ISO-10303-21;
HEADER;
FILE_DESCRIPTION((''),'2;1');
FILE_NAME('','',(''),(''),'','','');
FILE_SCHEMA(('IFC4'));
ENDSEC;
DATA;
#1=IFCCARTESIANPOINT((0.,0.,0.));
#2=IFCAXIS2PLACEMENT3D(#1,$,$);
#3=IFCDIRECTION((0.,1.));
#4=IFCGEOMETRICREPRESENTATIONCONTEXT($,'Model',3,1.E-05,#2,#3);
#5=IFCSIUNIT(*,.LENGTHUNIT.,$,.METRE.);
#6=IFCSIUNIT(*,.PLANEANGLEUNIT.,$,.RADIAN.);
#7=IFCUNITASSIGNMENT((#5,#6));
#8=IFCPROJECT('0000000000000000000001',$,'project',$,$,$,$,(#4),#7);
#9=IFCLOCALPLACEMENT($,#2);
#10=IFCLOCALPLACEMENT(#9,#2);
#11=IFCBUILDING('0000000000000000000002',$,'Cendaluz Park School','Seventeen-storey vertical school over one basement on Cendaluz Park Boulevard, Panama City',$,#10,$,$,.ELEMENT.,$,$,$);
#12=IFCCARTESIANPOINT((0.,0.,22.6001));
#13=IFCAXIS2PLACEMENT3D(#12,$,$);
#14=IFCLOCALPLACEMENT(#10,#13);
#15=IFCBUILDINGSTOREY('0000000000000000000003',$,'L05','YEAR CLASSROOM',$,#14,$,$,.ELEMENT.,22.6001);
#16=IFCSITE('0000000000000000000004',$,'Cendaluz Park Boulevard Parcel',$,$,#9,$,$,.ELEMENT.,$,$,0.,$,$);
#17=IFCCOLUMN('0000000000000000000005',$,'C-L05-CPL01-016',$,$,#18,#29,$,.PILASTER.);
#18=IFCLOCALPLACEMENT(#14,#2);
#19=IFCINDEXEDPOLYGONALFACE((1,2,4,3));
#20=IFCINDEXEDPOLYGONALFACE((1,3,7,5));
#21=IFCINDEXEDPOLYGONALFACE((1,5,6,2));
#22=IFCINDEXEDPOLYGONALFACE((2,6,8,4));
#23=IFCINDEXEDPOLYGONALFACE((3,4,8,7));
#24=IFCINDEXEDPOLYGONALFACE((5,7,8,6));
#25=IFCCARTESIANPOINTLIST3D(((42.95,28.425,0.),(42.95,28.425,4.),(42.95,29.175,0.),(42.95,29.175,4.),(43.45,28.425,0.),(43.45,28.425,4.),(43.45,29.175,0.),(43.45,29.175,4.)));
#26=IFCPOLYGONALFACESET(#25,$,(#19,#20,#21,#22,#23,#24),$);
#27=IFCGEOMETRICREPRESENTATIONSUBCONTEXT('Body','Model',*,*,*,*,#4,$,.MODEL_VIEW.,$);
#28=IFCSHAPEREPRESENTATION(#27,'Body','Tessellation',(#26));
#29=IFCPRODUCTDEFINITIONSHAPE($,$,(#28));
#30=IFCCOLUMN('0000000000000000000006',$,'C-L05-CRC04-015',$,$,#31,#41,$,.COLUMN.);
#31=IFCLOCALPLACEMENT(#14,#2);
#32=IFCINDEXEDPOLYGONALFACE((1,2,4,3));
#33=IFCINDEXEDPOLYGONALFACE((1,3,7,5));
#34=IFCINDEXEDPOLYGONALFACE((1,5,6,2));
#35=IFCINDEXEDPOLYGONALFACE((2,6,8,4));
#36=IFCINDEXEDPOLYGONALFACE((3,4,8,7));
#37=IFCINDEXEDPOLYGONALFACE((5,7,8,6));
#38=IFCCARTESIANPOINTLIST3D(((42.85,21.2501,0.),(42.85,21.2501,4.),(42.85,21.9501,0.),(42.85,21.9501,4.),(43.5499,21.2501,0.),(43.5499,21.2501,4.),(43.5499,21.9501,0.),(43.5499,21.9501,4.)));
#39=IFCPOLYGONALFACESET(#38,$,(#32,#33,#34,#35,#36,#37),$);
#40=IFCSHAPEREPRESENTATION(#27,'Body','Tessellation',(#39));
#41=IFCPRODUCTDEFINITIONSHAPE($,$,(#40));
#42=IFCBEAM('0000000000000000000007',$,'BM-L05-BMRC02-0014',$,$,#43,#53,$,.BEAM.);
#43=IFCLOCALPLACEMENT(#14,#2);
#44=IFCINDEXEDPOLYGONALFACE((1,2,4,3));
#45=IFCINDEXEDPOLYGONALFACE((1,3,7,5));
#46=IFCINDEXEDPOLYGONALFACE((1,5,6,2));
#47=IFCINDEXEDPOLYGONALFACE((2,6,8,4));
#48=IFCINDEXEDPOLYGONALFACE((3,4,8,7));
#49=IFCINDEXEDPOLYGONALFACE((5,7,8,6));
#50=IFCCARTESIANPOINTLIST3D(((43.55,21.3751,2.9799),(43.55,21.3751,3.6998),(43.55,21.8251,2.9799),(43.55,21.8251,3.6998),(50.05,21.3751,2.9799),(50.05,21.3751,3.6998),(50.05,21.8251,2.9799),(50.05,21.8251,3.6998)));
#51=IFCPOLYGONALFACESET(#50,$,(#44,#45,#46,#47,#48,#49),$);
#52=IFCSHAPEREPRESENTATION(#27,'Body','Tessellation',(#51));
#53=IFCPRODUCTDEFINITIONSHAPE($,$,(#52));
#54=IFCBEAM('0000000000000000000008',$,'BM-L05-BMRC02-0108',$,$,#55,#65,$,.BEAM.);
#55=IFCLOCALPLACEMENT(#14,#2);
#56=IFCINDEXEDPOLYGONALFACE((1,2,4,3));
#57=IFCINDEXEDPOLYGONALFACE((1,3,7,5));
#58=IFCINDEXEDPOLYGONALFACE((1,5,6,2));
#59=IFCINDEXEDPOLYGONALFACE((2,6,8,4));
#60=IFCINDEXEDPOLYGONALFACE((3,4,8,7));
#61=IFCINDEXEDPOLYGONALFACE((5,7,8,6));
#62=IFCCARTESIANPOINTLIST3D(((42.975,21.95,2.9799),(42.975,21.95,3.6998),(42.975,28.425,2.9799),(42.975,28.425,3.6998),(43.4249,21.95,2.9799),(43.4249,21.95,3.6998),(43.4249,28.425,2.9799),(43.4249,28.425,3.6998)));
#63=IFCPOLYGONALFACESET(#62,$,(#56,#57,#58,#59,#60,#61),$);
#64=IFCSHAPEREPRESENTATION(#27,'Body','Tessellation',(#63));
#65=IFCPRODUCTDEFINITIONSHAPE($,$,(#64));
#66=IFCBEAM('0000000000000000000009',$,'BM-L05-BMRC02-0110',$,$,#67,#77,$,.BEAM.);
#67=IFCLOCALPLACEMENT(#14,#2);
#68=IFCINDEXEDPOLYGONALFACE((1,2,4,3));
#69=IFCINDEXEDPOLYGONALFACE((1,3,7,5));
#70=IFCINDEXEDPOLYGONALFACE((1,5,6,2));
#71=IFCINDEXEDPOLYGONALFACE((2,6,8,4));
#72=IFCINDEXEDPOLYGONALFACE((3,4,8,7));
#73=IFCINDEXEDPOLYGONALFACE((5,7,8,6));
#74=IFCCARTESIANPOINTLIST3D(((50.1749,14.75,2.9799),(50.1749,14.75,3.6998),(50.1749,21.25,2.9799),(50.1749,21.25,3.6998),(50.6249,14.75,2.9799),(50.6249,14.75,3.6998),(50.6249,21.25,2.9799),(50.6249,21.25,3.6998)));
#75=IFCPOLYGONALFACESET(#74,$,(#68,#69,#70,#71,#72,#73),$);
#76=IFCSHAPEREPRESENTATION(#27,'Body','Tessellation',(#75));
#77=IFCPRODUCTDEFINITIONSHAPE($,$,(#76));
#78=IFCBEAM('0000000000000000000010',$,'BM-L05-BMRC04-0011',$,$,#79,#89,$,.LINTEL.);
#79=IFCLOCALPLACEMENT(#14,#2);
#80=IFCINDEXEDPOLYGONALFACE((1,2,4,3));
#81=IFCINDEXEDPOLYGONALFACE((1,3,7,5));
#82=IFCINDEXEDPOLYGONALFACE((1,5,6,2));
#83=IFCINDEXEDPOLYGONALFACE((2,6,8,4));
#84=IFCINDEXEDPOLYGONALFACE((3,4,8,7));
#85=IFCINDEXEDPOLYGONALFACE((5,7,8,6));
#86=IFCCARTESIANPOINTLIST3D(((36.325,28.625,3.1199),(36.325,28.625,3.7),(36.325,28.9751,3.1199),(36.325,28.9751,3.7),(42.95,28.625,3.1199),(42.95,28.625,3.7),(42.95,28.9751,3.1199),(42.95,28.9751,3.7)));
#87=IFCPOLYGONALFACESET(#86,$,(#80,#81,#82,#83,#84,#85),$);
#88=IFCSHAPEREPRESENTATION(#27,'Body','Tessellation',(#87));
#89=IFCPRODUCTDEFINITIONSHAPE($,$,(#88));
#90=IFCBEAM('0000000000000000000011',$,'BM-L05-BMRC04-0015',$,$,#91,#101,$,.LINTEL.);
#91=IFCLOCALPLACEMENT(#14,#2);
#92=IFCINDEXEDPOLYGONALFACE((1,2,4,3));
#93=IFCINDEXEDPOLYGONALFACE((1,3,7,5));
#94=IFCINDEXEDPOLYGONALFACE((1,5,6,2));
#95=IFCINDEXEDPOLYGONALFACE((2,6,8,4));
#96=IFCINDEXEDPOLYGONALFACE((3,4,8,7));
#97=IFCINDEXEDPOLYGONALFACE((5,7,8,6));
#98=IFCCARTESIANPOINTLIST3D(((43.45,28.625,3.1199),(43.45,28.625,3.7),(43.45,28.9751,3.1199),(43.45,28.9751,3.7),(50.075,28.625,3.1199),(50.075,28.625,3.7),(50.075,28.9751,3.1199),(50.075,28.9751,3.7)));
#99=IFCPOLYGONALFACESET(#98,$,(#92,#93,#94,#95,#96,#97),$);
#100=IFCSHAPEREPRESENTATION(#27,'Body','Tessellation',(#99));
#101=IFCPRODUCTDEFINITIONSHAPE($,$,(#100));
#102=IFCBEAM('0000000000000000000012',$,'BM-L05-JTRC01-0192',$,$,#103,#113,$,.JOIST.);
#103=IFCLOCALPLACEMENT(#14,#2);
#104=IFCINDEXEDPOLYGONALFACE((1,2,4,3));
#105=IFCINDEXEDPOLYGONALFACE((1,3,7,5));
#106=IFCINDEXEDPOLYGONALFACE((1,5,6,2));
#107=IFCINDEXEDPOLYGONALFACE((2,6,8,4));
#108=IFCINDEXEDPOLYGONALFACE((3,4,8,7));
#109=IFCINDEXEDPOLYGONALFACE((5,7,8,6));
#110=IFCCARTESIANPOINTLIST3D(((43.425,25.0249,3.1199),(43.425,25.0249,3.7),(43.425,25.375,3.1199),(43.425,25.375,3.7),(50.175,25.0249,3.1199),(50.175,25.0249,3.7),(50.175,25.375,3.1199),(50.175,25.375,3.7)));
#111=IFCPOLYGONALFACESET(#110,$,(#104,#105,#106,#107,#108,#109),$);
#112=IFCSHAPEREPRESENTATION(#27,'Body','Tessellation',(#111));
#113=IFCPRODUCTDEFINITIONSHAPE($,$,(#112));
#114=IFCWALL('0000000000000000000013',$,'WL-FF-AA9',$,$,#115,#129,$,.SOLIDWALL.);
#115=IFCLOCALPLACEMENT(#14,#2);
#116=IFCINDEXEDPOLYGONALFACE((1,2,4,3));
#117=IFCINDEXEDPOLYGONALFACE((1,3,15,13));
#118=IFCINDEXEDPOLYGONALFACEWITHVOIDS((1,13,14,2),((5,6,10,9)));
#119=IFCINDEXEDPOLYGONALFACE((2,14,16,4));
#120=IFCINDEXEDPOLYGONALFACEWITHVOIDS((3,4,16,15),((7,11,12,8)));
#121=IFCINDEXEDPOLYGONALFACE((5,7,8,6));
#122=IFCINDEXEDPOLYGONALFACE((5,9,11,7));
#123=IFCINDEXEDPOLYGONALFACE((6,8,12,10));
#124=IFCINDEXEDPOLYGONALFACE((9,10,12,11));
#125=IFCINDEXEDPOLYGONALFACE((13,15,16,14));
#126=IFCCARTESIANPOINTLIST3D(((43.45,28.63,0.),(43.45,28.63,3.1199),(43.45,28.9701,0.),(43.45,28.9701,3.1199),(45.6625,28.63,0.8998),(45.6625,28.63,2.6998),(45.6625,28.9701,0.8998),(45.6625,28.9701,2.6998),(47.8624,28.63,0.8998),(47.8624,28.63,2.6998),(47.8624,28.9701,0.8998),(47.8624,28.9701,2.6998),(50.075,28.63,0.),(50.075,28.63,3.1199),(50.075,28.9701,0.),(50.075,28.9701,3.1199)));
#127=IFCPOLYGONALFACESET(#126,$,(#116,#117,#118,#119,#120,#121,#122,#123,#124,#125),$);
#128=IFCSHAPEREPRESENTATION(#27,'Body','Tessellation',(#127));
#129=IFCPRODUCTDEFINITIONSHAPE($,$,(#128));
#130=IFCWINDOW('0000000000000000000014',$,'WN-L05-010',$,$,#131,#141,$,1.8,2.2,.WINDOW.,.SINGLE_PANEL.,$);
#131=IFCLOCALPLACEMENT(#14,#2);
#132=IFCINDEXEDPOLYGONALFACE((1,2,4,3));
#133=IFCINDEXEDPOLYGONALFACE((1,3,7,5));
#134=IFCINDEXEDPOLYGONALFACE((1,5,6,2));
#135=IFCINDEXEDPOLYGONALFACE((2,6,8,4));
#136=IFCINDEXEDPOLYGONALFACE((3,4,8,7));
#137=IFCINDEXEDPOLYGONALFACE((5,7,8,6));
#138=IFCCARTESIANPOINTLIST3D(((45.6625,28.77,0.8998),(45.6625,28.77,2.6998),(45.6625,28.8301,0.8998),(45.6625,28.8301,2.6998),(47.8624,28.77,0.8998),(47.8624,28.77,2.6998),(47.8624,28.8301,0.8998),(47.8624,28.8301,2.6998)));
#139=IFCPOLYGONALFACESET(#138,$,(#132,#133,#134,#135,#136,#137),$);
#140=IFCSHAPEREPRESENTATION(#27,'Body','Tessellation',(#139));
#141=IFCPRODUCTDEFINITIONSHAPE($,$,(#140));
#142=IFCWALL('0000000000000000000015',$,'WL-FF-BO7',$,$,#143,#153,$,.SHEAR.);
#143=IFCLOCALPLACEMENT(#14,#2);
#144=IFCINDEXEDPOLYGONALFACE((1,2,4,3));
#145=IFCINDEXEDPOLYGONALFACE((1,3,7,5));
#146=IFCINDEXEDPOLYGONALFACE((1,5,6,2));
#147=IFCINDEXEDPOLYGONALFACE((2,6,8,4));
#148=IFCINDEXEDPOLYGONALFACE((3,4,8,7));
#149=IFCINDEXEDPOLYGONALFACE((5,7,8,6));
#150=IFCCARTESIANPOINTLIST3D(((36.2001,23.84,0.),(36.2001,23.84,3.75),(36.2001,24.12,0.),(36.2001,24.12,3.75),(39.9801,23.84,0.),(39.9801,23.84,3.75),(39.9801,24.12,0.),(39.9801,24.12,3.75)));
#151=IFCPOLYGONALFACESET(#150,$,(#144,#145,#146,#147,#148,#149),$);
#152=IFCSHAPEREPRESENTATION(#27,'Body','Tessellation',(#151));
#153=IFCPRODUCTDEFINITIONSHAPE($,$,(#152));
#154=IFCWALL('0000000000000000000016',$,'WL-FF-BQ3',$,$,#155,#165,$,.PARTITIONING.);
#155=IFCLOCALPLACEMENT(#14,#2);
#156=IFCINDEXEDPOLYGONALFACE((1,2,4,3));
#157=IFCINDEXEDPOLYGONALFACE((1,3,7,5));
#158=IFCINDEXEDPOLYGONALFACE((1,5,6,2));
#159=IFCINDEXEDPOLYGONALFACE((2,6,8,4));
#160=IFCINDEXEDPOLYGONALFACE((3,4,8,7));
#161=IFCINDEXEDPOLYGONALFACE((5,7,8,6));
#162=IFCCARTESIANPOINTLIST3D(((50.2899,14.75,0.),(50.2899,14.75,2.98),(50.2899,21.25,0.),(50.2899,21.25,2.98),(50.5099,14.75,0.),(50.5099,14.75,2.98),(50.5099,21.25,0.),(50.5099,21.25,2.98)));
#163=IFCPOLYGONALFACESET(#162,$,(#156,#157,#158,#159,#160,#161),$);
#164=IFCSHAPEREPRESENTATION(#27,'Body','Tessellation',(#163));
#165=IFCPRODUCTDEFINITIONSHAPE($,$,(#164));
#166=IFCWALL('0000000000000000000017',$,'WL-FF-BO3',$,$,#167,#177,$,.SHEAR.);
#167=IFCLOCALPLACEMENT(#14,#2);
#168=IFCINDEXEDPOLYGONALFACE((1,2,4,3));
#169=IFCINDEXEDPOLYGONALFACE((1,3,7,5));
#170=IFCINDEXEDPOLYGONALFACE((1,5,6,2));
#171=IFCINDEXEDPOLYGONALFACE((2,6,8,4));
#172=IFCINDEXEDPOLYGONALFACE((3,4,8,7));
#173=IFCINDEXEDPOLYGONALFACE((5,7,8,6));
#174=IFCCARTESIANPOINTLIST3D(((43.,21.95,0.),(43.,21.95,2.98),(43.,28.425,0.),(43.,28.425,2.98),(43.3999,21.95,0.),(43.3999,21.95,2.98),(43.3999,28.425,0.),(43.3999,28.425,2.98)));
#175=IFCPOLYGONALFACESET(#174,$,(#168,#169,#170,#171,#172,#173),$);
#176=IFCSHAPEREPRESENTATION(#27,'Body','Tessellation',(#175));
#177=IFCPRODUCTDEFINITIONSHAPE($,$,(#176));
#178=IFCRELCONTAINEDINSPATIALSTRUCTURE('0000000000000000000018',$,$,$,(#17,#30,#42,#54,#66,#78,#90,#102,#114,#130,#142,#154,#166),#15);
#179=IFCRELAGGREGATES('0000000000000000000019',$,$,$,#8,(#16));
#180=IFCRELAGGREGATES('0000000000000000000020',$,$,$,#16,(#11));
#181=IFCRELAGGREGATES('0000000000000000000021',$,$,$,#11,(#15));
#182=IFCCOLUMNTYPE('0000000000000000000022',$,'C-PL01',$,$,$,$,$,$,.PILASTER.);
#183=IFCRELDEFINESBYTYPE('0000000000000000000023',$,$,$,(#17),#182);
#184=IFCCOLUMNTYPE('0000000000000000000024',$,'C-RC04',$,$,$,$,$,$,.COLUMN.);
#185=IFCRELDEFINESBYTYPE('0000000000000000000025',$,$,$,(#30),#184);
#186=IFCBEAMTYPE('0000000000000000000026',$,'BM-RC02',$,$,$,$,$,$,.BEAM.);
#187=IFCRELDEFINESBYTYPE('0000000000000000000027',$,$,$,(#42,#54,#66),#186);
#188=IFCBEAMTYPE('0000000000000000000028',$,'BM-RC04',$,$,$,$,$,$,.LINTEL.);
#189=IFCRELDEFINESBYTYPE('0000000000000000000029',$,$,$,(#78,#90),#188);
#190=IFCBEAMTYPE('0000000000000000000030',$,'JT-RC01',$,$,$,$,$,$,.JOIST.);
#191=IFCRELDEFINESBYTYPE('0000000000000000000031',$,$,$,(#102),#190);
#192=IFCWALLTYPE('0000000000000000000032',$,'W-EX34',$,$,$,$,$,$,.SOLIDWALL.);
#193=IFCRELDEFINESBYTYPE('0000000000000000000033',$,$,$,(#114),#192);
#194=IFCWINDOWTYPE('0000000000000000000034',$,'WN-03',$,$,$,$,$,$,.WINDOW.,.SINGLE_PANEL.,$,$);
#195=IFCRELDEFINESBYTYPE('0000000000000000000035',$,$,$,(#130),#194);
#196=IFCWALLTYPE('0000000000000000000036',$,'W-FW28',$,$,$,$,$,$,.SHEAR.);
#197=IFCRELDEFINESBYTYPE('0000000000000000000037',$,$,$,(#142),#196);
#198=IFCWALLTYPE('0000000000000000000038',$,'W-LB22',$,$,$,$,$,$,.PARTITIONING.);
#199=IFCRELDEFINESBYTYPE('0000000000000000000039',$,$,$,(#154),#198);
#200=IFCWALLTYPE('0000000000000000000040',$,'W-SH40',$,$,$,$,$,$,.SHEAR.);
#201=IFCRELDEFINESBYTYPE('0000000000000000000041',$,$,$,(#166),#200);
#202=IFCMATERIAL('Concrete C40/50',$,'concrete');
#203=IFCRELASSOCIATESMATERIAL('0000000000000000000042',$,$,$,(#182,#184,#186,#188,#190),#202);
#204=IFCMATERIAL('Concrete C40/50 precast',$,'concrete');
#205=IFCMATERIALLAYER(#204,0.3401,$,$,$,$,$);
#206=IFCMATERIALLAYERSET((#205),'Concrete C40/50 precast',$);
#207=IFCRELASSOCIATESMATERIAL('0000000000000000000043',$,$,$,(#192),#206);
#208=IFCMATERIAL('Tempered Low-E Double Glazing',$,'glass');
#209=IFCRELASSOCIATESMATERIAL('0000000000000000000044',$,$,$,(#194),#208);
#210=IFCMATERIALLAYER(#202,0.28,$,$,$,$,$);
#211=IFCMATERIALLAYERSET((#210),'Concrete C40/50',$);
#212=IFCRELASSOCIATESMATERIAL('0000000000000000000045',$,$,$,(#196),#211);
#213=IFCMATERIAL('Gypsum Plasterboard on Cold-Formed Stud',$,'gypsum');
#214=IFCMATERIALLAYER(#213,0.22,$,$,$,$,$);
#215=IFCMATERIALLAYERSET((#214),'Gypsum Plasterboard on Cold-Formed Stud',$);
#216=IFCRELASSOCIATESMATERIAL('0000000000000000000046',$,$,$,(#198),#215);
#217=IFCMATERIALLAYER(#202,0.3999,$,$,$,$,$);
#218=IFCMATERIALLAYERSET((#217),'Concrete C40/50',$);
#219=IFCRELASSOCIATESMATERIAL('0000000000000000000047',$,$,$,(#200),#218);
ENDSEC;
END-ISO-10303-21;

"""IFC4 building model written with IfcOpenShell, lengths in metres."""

from ifc_helpers import new_model, si_unit, direction, frame, frame_2d, origin, origin_2d, place, context, subcontext, project, spatial, rectangle, extrude, material, layer, layer_set, material_profile, profile_set, type_object, element, fill, save


model = new_model("IFC4")

# Units and contexts
model_context = context("Model", 3, precision=1e-05, world=origin(), true_north=direction((0.0, 1.0)))
body_context = subcontext(model_context, "Body", "Model", "MODEL_VIEW")
ifc_project = project(units=[si_unit("LENGTHUNIT", "METRE"), si_unit("PLANEANGLEUNIT", "RADIAN")], contexts=[model_context])

# Site, building, storey
site_placement = place(None, origin())
site = spatial("IfcSite", under=ifc_project, at=site_placement, Name="Cendaluz Park Boulevard Parcel", CompositionType="ELEMENT", RefElevation=0.0)
building_placement = place(site_placement, origin())
building = spatial("IfcBuilding", under=site, at=building_placement, Name="Cendaluz Park School", Description="Seventeen-storey vertical school over one basement on Cendaluz Park Boulevard, Panama City", CompositionType="ELEMENT")
storey_placement = place(building_placement, frame((0.0, 0.0, 22.6001)))
storey = spatial("IfcBuildingStorey", under=building, at=storey_placement, Name="L05", Description="YEAR CLASSROOM", CompositionType="ELEMENT", Elevation=22.6001)

# Columns
ifc_material_1 = material(Name="Concrete C40/50", Category="concrete")
ifc_material_profile_1 = material_profile(ifc_material_1, rectangle(XDim=0.5, YDim=0.75, at=origin_2d()), Name="RC 500x750", Category="concrete")
ifc_profile_set_1 = profile_set([ifc_material_profile_1], Name="Concrete C40/50")
column_type_1 = type_object("IfcColumnType", Name="C-PL01", PredefinedType="PILASTER", material=ifc_profile_set_1)
column_1_placement = place(storey_placement, frame((43.2, 28.8, 0.0), z_axis=(0.0, 0.0, 1.0), x_axis=(1.0, 0.0, 0.0)))
element("IfcColumn", 1, at=column_1_placement, inside=storey, type_object=column_type_1, Name="C-L05-CPL01-016", PredefinedType="PILASTER", context=body_context, shape_type="SweptSolid", body=[
    extrude(rectangle(XDim=0.5, YDim=0.75, at=origin_2d()), origin(), (0.0, 0.0, 1.0), 4.0),
])
ifc_material_profile_2 = material_profile(ifc_material_1, rectangle(XDim=0.7, YDim=0.7, at=origin_2d()), Name="RC 700x700", Category="concrete")
ifc_profile_set_2 = profile_set([ifc_material_profile_2], Name="Concrete C40/50")
column_type_2 = type_object("IfcColumnType", Name="C-RC04", PredefinedType="COLUMN", material=ifc_profile_set_2)
column_2_placement = place(storey_placement, frame((43.2, 21.6001, 0.0), z_axis=(0.0, 0.0, 1.0), x_axis=(1.0, 0.0, 0.0)))
element("IfcColumn", 2, at=column_2_placement, inside=storey, type_object=column_type_2, Name="C-L05-CRC04-015", PredefinedType="COLUMN", context=body_context, shape_type="SweptSolid", body=[
    extrude(rectangle(XDim=0.7, YDim=0.7, at=origin_2d()), origin(), (0.0, 0.0, 1.0), 4.0),
])

# Beams
ifc_material_profile_3 = material_profile(ifc_material_1, rectangle(XDim=0.45, YDim=0.72, at=origin_2d()), Name="RC 450x720", Category="concrete")
ifc_profile_set_3 = profile_set([ifc_material_profile_3], Name="Concrete C40/50")
beam_type_1 = type_object("IfcBeamType", Name="BM-RC02", PredefinedType="BEAM", material=ifc_profile_set_3)
beam_1_placement = place(storey_placement, frame((43.55, 21.6001, 3.3398), z_axis=(1.0, 0.0, 0.0), x_axis=(0.0, 1.0, 0.0)))
element("IfcBeam", 3, at=beam_1_placement, inside=storey, type_object=beam_type_1, Name="BM-L05-BMRC02-0014", PredefinedType="BEAM", context=body_context, shape_type="SweptSolid", body=[
    extrude(rectangle(XDim=0.45, YDim=0.72, at=origin_2d()), origin(), (0.0, 0.0, 1.0), 6.5),
])
beam_2_placement = place(storey_placement, frame((43.2, 21.95, 3.3398), z_axis=(0.0, 1.0, 0.0), x_axis=(-1.0, 0.0, 0.0)))
element("IfcBeam", 4, at=beam_2_placement, inside=storey, type_object=beam_type_1, Name="BM-L05-BMRC02-0108", PredefinedType="BEAM", context=body_context, shape_type="SweptSolid", body=[
    extrude(rectangle(XDim=0.45, YDim=0.72, at=origin_2d()), origin(), (0.0, 0.0, 1.0), 6.4751),
])
beam_3_placement = place(storey_placement, frame((50.3999, 14.75, 3.3398), z_axis=(0.0, 1.0, 0.0), x_axis=(-1.0, 0.0, 0.0)))
element("IfcBeam", 5, at=beam_3_placement, inside=storey, type_object=beam_type_1, Name="BM-L05-BMRC02-0110", PredefinedType="BEAM", context=body_context, shape_type="SweptSolid", body=[
    extrude(rectangle(XDim=0.45, YDim=0.72, at=origin_2d()), origin(), (0.0, 0.0, 1.0), 6.5),
])
ifc_material_profile_4 = material_profile(ifc_material_1, rectangle(XDim=0.3501, YDim=0.5801, at=origin_2d()), Name="RC 350x580", Category="concrete")
ifc_profile_set_4 = profile_set([ifc_material_profile_4], Name="Concrete C40/50")
beam_type_2 = type_object("IfcBeamType", Name="BM-RC04", PredefinedType="LINTEL", material=ifc_profile_set_4)
for number, where, z_axis, x_axis, name in (
    (6, (36.325, 28.8, 3.4099), (1.0, 0.0, 0.0), (0.0, 1.0, 0.0), "BM-L05-BMRC04-0011"),
    (7, (43.45, 28.8, 3.4099), (1.0, 0.0, 0.0), (0.0, 1.0, 0.0), "BM-L05-BMRC04-0015"),
):
    element("IfcBeam", number, at=place(storey_placement, frame(where, z_axis=z_axis, x_axis=x_axis)), inside=storey, type_object=beam_type_2, Name=name, PredefinedType="LINTEL", context=body_context, shape_type="SweptSolid", body=[
        extrude(rectangle(XDim=0.3501, YDim=0.5801, at=origin_2d()), origin(), (0.0, 0.0, 1.0), 6.625),
    ])
ifc_material_profile_5 = material_profile(ifc_material_1, rectangle(XDim=0.3501, YDim=0.5801, at=origin_2d()), Name="RC 350x580", Category="concrete")
ifc_profile_set_5 = profile_set([ifc_material_profile_5], Name="Concrete C40/50")
beam_type_3 = type_object("IfcBeamType", Name="JT-RC01", PredefinedType="JOIST", material=ifc_profile_set_5)
beam_4_placement = place(storey_placement, frame((43.425, 25.2, 3.4099), z_axis=(1.0, 0.0, 0.0), x_axis=(0.0, 1.0, 0.0)))
element("IfcBeam", 8, at=beam_4_placement, inside=storey, type_object=beam_type_3, Name="BM-L05-JTRC01-0192", PredefinedType="JOIST", context=body_context, shape_type="SweptSolid", body=[
    extrude(rectangle(XDim=0.3501, YDim=0.5801, at=origin_2d()), origin(), (0.0, 0.0, 1.0), 6.75),
])

# Wall, opening, window
ifc_material_2 = material(Name="Concrete C40/50 precast", Category="concrete")
ifc_layer_1 = layer(ifc_material_2, 0.3401)
ifc_layer_set_1 = layer_set([ifc_layer_1], Name="Concrete C40/50 precast")
wall_type_1 = type_object("IfcWallType", Name="W-EX34", PredefinedType="SOLIDWALL", material=ifc_layer_set_1)
wall_1_placement = place(storey_placement, frame((43.45, 28.8, 0.0), z_axis=(0.0, 0.0, 1.0), x_axis=(1.0, 0.0, 0.0)))
wall_1 = element("IfcWall", 9, at=wall_1_placement, inside=storey, type_object=wall_type_1, Name="WL-FF-AA9", PredefinedType="SOLIDWALL", context=body_context, shape_type="SweptSolid", body=[
    extrude(rectangle(XDim=6.625, YDim=0.3401, at=frame_2d((3.3125, 0.0))), origin(), (0.0, 0.0, 1.0), 3.1199),
])
opening_1_placement = place(wall_1_placement, frame((2.2124, 0.0, 0.8999)))
opening_1 = element("IfcOpeningElement", 10, at=opening_1_placement, cuts=wall_1, PredefinedType="OPENING", context=body_context, shape_type="SweptSolid", body=[
    extrude(rectangle(XDim=2.2, YDim=1.8, at=frame_2d((1.1001, 0.8999))), frame((0.0, 0.1821, 0.0), z_axis=(0.0, -1.0, 0.0), x_axis=(1.0, 0.0, 0.0)), (0.0, 0.0, 1.0), 0.364),
])
ifc_material_3 = material(Name="Tempered Low-E Double Glazing", Category="glass")
window_type = type_object("IfcWindowType", Name="WN-03", PartitioningType="SINGLE_PANEL", PredefinedType="WINDOW", material=ifc_material_3)
window_placement = place(opening_1_placement, origin())
window = element("IfcWindow", 11, at=window_placement, inside=storey, type_object=window_type, Name="WN-L05-010", OverallHeight=1.8, OverallWidth=2.2, PartitioningType="SINGLE_PANEL", PredefinedType="WINDOW", context=body_context, shape_type="SweptSolid", body=[
    extrude(rectangle(XDim=2.2, YDim=1.8, at=frame_2d((1.1001, 0.8999))), frame((0.0, 0.03, 0.0), z_axis=(0.0, -1.0, 0.0), x_axis=(1.0, 0.0, 0.0)), (0.0, 0.0, 1.0), 0.0601),
])
fill(opening_1, window)

# Wall
ifc_layer_2 = layer(ifc_material_1, 0.28)
ifc_layer_set_2 = layer_set([ifc_layer_2], Name="Concrete C40/50")
wall_type_2 = type_object("IfcWallType", Name="W-FW28", PredefinedType="SHEAR", material=ifc_layer_set_2)
wall_2_placement = place(storey_placement, frame((36.2, 23.98, 0.0), z_axis=(0.0, 0.0, 1.0), x_axis=(1.0, 0.0, 0.0)))
element("IfcWall", 12, at=wall_2_placement, inside=storey, type_object=wall_type_2, Name="WL-FF-BO7", PredefinedType="SHEAR", context=body_context, shape_type="SweptSolid", body=[
    extrude(rectangle(XDim=3.78, YDim=0.28, at=frame_2d((1.8901, 0.0))), origin(), (0.0, 0.0, 1.0), 3.75),
])

# Walls
ifc_material_4 = material(Name="Gypsum Plasterboard on Cold-Formed Stud", Category="gypsum")
ifc_layer_3 = layer(ifc_material_4, 0.22)
ifc_layer_set_3 = layer_set([ifc_layer_3], Name="Gypsum Plasterboard on Cold-Formed Stud")
wall_type_3 = type_object("IfcWallType", Name="W-LB22", PredefinedType="PARTITIONING", material=ifc_layer_set_3)
wall_3_placement = place(storey_placement, frame((50.3999, 14.75, 0.0), z_axis=(0.0, 0.0, 1.0), x_axis=(0.0, 1.0, 0.0)))
element("IfcWall", 13, at=wall_3_placement, inside=storey, type_object=wall_type_3, Name="WL-FF-BQ3", PredefinedType="PARTITIONING", context=body_context, shape_type="SweptSolid", body=[
    extrude(rectangle(XDim=6.5, YDim=0.22, at=frame_2d((3.25, 0.0))), origin(), (0.0, 0.0, 1.0), 2.98),
])
ifc_layer_4 = layer(ifc_material_1, 0.3999)
ifc_layer_set_4 = layer_set([ifc_layer_4], Name="Concrete C40/50")
wall_type_4 = type_object("IfcWallType", Name="W-SH40", PredefinedType="SHEAR", material=ifc_layer_set_4)
wall_4_placement = place(storey_placement, frame((43.2, 21.95, 0.0), z_axis=(0.0, 0.0, 1.0), x_axis=(0.0, 1.0, 0.0)))
element("IfcWall", 14, at=wall_4_placement, inside=storey, type_object=wall_type_4, Name="WL-FF-BO3", PredefinedType="SHEAR", context=body_context, shape_type="SweptSolid", body=[
    extrude(rectangle(XDim=6.4751, YDim=0.3999, at=frame_2d((3.2375, 0.0))), origin(), (0.0, 0.0, 1.0), 2.98),
])

save(model, "model.ifc")
